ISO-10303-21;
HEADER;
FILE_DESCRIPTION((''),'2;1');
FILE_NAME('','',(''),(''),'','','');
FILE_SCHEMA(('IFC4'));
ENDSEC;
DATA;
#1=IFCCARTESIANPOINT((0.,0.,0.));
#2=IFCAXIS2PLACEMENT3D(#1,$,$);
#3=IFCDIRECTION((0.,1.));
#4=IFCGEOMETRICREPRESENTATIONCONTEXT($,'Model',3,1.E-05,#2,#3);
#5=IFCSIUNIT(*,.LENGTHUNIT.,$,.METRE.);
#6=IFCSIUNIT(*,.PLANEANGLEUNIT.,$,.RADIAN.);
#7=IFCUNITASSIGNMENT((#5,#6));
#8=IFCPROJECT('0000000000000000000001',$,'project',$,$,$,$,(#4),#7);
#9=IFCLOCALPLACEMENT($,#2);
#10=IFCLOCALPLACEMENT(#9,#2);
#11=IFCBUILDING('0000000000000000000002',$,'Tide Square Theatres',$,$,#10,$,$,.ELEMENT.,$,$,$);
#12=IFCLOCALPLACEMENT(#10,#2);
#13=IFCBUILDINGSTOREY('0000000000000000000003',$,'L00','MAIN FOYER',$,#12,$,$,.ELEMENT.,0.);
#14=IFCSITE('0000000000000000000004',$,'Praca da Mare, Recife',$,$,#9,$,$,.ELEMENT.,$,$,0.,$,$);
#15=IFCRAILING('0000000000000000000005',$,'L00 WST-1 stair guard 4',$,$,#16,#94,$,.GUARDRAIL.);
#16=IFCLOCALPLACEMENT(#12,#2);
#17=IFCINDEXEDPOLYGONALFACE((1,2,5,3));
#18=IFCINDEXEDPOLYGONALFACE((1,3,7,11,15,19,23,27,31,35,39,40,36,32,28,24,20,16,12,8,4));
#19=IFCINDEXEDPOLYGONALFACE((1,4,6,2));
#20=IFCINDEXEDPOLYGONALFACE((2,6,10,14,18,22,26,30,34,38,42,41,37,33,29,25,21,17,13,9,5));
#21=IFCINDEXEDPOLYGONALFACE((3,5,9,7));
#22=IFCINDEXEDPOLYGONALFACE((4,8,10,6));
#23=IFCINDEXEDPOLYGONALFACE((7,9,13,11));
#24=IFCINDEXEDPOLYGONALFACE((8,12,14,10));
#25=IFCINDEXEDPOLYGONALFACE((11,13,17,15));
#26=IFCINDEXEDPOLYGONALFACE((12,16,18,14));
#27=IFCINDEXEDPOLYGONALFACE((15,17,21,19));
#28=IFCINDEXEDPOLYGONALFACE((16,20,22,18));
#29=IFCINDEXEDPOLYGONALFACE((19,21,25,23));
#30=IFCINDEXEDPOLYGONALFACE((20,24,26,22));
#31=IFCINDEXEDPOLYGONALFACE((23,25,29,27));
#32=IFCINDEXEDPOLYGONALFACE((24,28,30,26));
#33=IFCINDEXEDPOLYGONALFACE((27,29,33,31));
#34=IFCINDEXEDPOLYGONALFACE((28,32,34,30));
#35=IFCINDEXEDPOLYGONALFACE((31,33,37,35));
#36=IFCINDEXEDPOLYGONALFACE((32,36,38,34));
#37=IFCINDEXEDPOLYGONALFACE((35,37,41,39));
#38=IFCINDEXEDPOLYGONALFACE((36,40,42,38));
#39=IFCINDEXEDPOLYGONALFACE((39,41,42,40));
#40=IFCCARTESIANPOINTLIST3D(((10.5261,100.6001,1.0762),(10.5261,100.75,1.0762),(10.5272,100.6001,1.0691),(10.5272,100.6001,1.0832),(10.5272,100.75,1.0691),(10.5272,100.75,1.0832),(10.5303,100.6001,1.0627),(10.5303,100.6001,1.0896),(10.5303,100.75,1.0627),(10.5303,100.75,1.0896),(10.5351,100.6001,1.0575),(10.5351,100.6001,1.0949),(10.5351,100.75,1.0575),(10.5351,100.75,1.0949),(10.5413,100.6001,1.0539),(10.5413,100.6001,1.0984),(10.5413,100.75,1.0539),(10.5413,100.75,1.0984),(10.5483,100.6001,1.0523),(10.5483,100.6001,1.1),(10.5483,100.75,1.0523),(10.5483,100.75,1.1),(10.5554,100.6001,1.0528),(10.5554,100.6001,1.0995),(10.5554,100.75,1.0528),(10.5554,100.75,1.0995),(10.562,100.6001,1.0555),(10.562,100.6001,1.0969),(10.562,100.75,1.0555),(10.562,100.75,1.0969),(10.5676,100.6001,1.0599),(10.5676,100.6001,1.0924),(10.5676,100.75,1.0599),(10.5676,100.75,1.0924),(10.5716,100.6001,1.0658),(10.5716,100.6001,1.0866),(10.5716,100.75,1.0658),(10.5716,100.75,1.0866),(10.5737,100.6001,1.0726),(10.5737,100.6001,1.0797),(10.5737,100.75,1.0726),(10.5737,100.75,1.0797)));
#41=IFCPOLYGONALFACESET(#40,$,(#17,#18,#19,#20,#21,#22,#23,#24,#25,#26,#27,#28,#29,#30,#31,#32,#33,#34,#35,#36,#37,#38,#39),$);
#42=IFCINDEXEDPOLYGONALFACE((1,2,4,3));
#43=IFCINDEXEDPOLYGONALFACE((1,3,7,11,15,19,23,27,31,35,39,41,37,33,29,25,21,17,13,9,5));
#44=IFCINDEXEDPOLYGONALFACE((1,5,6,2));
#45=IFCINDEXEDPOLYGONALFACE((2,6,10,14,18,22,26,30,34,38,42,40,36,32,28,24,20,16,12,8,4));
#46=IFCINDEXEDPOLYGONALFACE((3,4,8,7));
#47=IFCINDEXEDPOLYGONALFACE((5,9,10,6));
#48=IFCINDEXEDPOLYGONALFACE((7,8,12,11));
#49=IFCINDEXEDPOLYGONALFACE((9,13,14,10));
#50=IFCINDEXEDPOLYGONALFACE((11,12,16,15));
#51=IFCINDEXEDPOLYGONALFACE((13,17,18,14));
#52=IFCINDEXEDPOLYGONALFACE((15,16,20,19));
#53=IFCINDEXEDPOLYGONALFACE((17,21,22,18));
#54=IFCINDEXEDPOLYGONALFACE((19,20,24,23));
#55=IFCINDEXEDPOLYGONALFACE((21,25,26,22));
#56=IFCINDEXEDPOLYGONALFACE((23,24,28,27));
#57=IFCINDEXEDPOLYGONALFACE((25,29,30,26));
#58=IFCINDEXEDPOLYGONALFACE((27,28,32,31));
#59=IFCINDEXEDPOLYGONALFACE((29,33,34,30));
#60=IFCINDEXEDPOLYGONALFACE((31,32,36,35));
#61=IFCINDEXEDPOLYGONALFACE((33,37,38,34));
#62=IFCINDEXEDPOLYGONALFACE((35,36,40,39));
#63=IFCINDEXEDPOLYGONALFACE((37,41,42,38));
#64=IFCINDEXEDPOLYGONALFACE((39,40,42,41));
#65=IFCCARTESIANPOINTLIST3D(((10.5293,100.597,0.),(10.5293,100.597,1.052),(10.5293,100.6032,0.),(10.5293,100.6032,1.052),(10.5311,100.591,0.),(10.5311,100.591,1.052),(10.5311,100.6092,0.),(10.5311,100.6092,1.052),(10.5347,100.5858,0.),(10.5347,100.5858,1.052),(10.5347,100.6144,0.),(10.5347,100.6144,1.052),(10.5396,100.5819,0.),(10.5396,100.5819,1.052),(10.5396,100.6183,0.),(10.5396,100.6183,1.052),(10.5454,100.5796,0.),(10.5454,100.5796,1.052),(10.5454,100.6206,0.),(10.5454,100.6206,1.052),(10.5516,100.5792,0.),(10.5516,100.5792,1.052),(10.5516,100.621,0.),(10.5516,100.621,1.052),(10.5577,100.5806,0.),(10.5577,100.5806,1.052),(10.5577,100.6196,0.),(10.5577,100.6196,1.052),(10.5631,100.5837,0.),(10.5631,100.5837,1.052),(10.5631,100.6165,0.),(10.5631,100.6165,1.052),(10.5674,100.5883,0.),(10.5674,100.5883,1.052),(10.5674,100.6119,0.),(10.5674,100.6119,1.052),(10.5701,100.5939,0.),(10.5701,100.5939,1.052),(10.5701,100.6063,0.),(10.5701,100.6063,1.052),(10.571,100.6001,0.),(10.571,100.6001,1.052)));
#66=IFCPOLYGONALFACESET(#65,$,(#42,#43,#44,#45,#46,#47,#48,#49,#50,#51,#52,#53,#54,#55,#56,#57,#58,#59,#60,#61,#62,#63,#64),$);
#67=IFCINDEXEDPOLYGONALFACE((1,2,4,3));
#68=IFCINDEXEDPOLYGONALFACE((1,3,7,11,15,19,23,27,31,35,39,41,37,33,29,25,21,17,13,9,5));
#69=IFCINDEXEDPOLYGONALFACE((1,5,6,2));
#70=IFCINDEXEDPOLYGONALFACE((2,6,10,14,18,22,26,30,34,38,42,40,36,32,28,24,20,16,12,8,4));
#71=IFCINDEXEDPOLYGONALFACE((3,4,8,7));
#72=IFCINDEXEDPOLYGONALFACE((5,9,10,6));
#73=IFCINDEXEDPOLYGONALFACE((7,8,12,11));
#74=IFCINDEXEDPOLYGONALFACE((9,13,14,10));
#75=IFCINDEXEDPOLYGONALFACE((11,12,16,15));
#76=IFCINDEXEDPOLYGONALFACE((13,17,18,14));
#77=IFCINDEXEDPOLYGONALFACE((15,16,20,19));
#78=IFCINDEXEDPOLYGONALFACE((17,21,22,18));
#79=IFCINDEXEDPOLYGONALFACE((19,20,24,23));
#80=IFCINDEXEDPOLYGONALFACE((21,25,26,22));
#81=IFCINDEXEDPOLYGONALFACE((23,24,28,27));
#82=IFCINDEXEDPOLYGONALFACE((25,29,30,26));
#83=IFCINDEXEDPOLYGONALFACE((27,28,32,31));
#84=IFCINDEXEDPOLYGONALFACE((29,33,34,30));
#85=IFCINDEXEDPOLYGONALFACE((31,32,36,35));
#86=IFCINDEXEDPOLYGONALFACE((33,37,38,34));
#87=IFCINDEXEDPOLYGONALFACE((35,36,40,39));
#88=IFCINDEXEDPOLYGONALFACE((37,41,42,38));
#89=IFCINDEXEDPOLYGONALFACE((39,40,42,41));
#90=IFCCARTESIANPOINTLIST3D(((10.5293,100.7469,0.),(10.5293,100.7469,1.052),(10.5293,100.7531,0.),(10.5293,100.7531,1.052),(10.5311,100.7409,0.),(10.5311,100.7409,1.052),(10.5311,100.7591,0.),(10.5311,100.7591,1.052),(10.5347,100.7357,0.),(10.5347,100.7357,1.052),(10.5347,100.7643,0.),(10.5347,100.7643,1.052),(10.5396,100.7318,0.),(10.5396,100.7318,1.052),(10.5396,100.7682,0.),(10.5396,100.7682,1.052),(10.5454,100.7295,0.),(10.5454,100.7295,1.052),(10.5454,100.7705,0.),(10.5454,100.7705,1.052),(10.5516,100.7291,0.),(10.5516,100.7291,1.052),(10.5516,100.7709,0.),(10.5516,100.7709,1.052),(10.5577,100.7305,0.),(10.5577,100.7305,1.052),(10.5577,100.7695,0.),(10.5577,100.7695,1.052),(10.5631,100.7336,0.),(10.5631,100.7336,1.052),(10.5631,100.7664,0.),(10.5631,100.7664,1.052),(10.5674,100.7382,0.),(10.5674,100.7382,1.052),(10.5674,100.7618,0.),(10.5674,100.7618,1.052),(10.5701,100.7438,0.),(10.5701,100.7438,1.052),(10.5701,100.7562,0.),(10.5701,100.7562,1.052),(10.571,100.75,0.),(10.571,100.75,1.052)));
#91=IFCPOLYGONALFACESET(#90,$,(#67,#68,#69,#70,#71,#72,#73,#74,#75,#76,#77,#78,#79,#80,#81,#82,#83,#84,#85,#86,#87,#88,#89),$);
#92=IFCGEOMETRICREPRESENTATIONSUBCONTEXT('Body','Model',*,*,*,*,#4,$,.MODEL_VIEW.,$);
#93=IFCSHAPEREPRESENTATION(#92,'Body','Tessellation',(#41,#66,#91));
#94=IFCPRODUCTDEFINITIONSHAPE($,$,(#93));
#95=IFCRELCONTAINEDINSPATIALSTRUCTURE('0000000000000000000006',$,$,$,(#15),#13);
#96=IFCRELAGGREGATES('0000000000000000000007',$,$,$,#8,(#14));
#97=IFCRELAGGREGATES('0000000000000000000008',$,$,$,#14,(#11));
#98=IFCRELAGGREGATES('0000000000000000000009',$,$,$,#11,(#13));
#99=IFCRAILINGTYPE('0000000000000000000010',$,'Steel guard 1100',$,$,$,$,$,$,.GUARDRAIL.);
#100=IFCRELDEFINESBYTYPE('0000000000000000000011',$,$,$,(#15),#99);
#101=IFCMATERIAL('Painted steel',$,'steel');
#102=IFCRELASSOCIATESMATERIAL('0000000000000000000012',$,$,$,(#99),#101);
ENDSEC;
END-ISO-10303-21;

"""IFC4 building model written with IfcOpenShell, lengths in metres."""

from ifc_helpers import new_model, si_unit, direction, frame, origin, origin_2d, place, context, subcontext, project, spatial, circle, extrude, material, type_object, element, save


model = new_model("IFC4")

# Units and contexts
model_context = context("Model", 3, precision=1e-05, world=origin(), true_north=direction((0.0, 1.0)))
body_context = subcontext(model_context, "Body", "Model", "MODEL_VIEW")
ifc_project = project(units=[si_unit("LENGTHUNIT", "METRE"), si_unit("PLANEANGLEUNIT", "RADIAN")], contexts=[model_context])

# Site, building, storey
site_placement = place(None, origin())
site = spatial("IfcSite", under=ifc_project, at=site_placement, Name="Praca da Mare, Recife", CompositionType="ELEMENT", RefElevation=0.0)
building_placement = place(site_placement, origin())
building = spatial("IfcBuilding", under=site, at=building_placement, Name="Tide Square Theatres", CompositionType="ELEMENT")
storey_placement = place(building_placement, origin())
storey = spatial("IfcBuildingStorey", under=building, at=storey_placement, Name="L00", Description="MAIN FOYER", CompositionType="ELEMENT", Elevation=0.0)

# Railing
ifc_material_1 = material(Name="Painted steel", Category="steel")
railing_type_1 = type_object("IfcRailingType", Name="Steel guard 1100", PredefinedType="GUARDRAIL", material=ifc_material_1)
railing_1_placement = place(storey_placement, frame((10.55, 100.6001, 0.0)))
element("IfcRailing", 1, at=railing_1_placement, inside=storey, type_object=railing_type_1, Name="L00 WST-1 stair guard 4", PredefinedType="GUARDRAIL", context=body_context, shape_type="SweptSolid", body=[
    extrude(circle(Radius=0.0239, at=origin_2d()), frame((0.0, 0.0, 1.0762), z_axis=(0.0, 1.0, 0.0), x_axis=(-1.0, 0.0, 0.0)), (0.0, 0.0, 1.0), 0.1499),
    extrude(circle(Radius=0.021, at=origin_2d()), origin(), (0.0, 0.0, 1.0), 1.052),
    extrude(circle(Radius=0.021, at=origin_2d()), frame((0.0, 0.1499, 0.0)), (0.0, 0.0, 1.0), 1.052),
])

save(model, "model.ifc")
